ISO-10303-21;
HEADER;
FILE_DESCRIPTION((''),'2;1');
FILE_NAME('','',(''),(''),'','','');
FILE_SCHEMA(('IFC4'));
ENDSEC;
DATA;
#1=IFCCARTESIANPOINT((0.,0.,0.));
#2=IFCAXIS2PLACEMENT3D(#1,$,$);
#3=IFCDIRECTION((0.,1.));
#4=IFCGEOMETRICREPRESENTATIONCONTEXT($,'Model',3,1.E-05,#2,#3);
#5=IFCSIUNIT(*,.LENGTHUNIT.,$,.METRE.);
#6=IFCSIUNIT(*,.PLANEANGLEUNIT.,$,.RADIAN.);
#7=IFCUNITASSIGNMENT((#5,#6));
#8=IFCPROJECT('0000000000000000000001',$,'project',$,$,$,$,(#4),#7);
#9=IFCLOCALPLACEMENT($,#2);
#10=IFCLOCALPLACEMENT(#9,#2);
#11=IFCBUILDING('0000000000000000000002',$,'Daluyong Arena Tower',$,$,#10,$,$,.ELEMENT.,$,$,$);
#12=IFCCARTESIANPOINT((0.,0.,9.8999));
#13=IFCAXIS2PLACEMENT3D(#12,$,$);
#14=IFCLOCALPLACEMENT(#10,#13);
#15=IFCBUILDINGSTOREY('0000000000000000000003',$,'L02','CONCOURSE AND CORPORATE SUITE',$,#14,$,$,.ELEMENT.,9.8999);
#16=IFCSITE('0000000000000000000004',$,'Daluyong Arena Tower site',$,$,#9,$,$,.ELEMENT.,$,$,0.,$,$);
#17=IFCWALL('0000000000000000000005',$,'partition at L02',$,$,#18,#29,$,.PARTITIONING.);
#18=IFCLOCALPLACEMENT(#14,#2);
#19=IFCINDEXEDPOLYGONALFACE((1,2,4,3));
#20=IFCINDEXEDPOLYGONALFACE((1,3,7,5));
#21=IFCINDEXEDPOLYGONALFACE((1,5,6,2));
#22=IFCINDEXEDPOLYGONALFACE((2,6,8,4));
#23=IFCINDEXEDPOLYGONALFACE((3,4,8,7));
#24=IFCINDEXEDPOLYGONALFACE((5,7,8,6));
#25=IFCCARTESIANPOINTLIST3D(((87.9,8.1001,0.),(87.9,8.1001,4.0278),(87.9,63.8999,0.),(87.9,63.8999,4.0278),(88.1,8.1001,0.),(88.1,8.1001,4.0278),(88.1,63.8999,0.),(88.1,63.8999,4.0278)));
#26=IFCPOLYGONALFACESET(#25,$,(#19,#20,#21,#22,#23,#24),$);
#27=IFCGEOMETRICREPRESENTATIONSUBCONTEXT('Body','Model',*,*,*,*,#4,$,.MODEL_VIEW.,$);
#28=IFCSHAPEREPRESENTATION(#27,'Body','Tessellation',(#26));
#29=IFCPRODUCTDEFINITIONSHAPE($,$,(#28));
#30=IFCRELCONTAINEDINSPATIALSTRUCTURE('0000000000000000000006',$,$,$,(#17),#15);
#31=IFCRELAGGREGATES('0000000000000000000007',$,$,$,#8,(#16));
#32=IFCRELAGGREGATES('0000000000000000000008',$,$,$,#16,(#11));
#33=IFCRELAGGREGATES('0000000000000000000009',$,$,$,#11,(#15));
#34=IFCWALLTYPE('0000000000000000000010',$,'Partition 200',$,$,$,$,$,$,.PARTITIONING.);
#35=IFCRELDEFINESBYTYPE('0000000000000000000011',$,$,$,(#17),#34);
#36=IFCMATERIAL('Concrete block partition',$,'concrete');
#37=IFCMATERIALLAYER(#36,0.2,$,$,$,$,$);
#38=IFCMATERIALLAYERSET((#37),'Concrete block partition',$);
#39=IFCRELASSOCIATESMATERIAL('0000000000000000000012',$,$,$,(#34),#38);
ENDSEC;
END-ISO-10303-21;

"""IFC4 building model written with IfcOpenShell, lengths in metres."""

from ifc_helpers import new_model, si_unit, direction, frame, frame_2d, origin, place, context, subcontext, project, spatial, rectangle, extrude, material, layer, layer_set, type_object, element, save


model = new_model("IFC4")

# Units and contexts
model_context = context("Model", 3, precision=1e-05, world=origin(), true_north=direction((0.0, 1.0)))
body_context = subcontext(model_context, "Body", "Model", "MODEL_VIEW")
ifc_project = project(units=[si_unit("LENGTHUNIT", "METRE"), si_unit("PLANEANGLEUNIT", "RADIAN")], contexts=[model_context])

# Site, building, storey
site_placement = place(None, origin())
site = spatial("IfcSite", under=ifc_project, at=site_placement, Name="Daluyong Arena Tower site", CompositionType="ELEMENT", RefElevation=0.0)
building_placement = place(site_placement, origin())
building = spatial("IfcBuilding", under=site, at=building_placement, Name="Daluyong Arena Tower", CompositionType="ELEMENT")
storey_placement = place(building_placement, frame((0.0, 0.0, 9.8999)))
storey = spatial("IfcBuildingStorey", under=building, at=storey_placement, Name="L02", Description="CONCOURSE AND CORPORATE SUITE", CompositionType="ELEMENT", Elevation=9.8999)

# Wall
ifc_material_1 = material(Name="Concrete block partition", Category="concrete")
ifc_layer = layer(ifc_material_1, 0.2)
ifc_layer_set = layer_set([ifc_layer], Name="Concrete block partition")
wall_type = type_object("IfcWallType", Name="Partition 200", PredefinedType="PARTITIONING", material=ifc_layer_set)
wall_placement = place(storey_placement, frame((88.0, 8.1001, 0.0), z_axis=(0.0, 0.0, 1.0), x_axis=(0.0, 1.0, 0.0)))
element("IfcWall", 1, at=wall_placement, inside=storey, type_object=wall_type, Name="partition at L02", PredefinedType="PARTITIONING", context=body_context, shape_type="SweptSolid", body=[
    extrude(rectangle(XDim=55.7998, YDim=0.2, at=frame_2d((27.8999, 0.0))), origin(), (0.0, 0.0, 1.0), 4.0278),
])

save(model, "model.ifc")
